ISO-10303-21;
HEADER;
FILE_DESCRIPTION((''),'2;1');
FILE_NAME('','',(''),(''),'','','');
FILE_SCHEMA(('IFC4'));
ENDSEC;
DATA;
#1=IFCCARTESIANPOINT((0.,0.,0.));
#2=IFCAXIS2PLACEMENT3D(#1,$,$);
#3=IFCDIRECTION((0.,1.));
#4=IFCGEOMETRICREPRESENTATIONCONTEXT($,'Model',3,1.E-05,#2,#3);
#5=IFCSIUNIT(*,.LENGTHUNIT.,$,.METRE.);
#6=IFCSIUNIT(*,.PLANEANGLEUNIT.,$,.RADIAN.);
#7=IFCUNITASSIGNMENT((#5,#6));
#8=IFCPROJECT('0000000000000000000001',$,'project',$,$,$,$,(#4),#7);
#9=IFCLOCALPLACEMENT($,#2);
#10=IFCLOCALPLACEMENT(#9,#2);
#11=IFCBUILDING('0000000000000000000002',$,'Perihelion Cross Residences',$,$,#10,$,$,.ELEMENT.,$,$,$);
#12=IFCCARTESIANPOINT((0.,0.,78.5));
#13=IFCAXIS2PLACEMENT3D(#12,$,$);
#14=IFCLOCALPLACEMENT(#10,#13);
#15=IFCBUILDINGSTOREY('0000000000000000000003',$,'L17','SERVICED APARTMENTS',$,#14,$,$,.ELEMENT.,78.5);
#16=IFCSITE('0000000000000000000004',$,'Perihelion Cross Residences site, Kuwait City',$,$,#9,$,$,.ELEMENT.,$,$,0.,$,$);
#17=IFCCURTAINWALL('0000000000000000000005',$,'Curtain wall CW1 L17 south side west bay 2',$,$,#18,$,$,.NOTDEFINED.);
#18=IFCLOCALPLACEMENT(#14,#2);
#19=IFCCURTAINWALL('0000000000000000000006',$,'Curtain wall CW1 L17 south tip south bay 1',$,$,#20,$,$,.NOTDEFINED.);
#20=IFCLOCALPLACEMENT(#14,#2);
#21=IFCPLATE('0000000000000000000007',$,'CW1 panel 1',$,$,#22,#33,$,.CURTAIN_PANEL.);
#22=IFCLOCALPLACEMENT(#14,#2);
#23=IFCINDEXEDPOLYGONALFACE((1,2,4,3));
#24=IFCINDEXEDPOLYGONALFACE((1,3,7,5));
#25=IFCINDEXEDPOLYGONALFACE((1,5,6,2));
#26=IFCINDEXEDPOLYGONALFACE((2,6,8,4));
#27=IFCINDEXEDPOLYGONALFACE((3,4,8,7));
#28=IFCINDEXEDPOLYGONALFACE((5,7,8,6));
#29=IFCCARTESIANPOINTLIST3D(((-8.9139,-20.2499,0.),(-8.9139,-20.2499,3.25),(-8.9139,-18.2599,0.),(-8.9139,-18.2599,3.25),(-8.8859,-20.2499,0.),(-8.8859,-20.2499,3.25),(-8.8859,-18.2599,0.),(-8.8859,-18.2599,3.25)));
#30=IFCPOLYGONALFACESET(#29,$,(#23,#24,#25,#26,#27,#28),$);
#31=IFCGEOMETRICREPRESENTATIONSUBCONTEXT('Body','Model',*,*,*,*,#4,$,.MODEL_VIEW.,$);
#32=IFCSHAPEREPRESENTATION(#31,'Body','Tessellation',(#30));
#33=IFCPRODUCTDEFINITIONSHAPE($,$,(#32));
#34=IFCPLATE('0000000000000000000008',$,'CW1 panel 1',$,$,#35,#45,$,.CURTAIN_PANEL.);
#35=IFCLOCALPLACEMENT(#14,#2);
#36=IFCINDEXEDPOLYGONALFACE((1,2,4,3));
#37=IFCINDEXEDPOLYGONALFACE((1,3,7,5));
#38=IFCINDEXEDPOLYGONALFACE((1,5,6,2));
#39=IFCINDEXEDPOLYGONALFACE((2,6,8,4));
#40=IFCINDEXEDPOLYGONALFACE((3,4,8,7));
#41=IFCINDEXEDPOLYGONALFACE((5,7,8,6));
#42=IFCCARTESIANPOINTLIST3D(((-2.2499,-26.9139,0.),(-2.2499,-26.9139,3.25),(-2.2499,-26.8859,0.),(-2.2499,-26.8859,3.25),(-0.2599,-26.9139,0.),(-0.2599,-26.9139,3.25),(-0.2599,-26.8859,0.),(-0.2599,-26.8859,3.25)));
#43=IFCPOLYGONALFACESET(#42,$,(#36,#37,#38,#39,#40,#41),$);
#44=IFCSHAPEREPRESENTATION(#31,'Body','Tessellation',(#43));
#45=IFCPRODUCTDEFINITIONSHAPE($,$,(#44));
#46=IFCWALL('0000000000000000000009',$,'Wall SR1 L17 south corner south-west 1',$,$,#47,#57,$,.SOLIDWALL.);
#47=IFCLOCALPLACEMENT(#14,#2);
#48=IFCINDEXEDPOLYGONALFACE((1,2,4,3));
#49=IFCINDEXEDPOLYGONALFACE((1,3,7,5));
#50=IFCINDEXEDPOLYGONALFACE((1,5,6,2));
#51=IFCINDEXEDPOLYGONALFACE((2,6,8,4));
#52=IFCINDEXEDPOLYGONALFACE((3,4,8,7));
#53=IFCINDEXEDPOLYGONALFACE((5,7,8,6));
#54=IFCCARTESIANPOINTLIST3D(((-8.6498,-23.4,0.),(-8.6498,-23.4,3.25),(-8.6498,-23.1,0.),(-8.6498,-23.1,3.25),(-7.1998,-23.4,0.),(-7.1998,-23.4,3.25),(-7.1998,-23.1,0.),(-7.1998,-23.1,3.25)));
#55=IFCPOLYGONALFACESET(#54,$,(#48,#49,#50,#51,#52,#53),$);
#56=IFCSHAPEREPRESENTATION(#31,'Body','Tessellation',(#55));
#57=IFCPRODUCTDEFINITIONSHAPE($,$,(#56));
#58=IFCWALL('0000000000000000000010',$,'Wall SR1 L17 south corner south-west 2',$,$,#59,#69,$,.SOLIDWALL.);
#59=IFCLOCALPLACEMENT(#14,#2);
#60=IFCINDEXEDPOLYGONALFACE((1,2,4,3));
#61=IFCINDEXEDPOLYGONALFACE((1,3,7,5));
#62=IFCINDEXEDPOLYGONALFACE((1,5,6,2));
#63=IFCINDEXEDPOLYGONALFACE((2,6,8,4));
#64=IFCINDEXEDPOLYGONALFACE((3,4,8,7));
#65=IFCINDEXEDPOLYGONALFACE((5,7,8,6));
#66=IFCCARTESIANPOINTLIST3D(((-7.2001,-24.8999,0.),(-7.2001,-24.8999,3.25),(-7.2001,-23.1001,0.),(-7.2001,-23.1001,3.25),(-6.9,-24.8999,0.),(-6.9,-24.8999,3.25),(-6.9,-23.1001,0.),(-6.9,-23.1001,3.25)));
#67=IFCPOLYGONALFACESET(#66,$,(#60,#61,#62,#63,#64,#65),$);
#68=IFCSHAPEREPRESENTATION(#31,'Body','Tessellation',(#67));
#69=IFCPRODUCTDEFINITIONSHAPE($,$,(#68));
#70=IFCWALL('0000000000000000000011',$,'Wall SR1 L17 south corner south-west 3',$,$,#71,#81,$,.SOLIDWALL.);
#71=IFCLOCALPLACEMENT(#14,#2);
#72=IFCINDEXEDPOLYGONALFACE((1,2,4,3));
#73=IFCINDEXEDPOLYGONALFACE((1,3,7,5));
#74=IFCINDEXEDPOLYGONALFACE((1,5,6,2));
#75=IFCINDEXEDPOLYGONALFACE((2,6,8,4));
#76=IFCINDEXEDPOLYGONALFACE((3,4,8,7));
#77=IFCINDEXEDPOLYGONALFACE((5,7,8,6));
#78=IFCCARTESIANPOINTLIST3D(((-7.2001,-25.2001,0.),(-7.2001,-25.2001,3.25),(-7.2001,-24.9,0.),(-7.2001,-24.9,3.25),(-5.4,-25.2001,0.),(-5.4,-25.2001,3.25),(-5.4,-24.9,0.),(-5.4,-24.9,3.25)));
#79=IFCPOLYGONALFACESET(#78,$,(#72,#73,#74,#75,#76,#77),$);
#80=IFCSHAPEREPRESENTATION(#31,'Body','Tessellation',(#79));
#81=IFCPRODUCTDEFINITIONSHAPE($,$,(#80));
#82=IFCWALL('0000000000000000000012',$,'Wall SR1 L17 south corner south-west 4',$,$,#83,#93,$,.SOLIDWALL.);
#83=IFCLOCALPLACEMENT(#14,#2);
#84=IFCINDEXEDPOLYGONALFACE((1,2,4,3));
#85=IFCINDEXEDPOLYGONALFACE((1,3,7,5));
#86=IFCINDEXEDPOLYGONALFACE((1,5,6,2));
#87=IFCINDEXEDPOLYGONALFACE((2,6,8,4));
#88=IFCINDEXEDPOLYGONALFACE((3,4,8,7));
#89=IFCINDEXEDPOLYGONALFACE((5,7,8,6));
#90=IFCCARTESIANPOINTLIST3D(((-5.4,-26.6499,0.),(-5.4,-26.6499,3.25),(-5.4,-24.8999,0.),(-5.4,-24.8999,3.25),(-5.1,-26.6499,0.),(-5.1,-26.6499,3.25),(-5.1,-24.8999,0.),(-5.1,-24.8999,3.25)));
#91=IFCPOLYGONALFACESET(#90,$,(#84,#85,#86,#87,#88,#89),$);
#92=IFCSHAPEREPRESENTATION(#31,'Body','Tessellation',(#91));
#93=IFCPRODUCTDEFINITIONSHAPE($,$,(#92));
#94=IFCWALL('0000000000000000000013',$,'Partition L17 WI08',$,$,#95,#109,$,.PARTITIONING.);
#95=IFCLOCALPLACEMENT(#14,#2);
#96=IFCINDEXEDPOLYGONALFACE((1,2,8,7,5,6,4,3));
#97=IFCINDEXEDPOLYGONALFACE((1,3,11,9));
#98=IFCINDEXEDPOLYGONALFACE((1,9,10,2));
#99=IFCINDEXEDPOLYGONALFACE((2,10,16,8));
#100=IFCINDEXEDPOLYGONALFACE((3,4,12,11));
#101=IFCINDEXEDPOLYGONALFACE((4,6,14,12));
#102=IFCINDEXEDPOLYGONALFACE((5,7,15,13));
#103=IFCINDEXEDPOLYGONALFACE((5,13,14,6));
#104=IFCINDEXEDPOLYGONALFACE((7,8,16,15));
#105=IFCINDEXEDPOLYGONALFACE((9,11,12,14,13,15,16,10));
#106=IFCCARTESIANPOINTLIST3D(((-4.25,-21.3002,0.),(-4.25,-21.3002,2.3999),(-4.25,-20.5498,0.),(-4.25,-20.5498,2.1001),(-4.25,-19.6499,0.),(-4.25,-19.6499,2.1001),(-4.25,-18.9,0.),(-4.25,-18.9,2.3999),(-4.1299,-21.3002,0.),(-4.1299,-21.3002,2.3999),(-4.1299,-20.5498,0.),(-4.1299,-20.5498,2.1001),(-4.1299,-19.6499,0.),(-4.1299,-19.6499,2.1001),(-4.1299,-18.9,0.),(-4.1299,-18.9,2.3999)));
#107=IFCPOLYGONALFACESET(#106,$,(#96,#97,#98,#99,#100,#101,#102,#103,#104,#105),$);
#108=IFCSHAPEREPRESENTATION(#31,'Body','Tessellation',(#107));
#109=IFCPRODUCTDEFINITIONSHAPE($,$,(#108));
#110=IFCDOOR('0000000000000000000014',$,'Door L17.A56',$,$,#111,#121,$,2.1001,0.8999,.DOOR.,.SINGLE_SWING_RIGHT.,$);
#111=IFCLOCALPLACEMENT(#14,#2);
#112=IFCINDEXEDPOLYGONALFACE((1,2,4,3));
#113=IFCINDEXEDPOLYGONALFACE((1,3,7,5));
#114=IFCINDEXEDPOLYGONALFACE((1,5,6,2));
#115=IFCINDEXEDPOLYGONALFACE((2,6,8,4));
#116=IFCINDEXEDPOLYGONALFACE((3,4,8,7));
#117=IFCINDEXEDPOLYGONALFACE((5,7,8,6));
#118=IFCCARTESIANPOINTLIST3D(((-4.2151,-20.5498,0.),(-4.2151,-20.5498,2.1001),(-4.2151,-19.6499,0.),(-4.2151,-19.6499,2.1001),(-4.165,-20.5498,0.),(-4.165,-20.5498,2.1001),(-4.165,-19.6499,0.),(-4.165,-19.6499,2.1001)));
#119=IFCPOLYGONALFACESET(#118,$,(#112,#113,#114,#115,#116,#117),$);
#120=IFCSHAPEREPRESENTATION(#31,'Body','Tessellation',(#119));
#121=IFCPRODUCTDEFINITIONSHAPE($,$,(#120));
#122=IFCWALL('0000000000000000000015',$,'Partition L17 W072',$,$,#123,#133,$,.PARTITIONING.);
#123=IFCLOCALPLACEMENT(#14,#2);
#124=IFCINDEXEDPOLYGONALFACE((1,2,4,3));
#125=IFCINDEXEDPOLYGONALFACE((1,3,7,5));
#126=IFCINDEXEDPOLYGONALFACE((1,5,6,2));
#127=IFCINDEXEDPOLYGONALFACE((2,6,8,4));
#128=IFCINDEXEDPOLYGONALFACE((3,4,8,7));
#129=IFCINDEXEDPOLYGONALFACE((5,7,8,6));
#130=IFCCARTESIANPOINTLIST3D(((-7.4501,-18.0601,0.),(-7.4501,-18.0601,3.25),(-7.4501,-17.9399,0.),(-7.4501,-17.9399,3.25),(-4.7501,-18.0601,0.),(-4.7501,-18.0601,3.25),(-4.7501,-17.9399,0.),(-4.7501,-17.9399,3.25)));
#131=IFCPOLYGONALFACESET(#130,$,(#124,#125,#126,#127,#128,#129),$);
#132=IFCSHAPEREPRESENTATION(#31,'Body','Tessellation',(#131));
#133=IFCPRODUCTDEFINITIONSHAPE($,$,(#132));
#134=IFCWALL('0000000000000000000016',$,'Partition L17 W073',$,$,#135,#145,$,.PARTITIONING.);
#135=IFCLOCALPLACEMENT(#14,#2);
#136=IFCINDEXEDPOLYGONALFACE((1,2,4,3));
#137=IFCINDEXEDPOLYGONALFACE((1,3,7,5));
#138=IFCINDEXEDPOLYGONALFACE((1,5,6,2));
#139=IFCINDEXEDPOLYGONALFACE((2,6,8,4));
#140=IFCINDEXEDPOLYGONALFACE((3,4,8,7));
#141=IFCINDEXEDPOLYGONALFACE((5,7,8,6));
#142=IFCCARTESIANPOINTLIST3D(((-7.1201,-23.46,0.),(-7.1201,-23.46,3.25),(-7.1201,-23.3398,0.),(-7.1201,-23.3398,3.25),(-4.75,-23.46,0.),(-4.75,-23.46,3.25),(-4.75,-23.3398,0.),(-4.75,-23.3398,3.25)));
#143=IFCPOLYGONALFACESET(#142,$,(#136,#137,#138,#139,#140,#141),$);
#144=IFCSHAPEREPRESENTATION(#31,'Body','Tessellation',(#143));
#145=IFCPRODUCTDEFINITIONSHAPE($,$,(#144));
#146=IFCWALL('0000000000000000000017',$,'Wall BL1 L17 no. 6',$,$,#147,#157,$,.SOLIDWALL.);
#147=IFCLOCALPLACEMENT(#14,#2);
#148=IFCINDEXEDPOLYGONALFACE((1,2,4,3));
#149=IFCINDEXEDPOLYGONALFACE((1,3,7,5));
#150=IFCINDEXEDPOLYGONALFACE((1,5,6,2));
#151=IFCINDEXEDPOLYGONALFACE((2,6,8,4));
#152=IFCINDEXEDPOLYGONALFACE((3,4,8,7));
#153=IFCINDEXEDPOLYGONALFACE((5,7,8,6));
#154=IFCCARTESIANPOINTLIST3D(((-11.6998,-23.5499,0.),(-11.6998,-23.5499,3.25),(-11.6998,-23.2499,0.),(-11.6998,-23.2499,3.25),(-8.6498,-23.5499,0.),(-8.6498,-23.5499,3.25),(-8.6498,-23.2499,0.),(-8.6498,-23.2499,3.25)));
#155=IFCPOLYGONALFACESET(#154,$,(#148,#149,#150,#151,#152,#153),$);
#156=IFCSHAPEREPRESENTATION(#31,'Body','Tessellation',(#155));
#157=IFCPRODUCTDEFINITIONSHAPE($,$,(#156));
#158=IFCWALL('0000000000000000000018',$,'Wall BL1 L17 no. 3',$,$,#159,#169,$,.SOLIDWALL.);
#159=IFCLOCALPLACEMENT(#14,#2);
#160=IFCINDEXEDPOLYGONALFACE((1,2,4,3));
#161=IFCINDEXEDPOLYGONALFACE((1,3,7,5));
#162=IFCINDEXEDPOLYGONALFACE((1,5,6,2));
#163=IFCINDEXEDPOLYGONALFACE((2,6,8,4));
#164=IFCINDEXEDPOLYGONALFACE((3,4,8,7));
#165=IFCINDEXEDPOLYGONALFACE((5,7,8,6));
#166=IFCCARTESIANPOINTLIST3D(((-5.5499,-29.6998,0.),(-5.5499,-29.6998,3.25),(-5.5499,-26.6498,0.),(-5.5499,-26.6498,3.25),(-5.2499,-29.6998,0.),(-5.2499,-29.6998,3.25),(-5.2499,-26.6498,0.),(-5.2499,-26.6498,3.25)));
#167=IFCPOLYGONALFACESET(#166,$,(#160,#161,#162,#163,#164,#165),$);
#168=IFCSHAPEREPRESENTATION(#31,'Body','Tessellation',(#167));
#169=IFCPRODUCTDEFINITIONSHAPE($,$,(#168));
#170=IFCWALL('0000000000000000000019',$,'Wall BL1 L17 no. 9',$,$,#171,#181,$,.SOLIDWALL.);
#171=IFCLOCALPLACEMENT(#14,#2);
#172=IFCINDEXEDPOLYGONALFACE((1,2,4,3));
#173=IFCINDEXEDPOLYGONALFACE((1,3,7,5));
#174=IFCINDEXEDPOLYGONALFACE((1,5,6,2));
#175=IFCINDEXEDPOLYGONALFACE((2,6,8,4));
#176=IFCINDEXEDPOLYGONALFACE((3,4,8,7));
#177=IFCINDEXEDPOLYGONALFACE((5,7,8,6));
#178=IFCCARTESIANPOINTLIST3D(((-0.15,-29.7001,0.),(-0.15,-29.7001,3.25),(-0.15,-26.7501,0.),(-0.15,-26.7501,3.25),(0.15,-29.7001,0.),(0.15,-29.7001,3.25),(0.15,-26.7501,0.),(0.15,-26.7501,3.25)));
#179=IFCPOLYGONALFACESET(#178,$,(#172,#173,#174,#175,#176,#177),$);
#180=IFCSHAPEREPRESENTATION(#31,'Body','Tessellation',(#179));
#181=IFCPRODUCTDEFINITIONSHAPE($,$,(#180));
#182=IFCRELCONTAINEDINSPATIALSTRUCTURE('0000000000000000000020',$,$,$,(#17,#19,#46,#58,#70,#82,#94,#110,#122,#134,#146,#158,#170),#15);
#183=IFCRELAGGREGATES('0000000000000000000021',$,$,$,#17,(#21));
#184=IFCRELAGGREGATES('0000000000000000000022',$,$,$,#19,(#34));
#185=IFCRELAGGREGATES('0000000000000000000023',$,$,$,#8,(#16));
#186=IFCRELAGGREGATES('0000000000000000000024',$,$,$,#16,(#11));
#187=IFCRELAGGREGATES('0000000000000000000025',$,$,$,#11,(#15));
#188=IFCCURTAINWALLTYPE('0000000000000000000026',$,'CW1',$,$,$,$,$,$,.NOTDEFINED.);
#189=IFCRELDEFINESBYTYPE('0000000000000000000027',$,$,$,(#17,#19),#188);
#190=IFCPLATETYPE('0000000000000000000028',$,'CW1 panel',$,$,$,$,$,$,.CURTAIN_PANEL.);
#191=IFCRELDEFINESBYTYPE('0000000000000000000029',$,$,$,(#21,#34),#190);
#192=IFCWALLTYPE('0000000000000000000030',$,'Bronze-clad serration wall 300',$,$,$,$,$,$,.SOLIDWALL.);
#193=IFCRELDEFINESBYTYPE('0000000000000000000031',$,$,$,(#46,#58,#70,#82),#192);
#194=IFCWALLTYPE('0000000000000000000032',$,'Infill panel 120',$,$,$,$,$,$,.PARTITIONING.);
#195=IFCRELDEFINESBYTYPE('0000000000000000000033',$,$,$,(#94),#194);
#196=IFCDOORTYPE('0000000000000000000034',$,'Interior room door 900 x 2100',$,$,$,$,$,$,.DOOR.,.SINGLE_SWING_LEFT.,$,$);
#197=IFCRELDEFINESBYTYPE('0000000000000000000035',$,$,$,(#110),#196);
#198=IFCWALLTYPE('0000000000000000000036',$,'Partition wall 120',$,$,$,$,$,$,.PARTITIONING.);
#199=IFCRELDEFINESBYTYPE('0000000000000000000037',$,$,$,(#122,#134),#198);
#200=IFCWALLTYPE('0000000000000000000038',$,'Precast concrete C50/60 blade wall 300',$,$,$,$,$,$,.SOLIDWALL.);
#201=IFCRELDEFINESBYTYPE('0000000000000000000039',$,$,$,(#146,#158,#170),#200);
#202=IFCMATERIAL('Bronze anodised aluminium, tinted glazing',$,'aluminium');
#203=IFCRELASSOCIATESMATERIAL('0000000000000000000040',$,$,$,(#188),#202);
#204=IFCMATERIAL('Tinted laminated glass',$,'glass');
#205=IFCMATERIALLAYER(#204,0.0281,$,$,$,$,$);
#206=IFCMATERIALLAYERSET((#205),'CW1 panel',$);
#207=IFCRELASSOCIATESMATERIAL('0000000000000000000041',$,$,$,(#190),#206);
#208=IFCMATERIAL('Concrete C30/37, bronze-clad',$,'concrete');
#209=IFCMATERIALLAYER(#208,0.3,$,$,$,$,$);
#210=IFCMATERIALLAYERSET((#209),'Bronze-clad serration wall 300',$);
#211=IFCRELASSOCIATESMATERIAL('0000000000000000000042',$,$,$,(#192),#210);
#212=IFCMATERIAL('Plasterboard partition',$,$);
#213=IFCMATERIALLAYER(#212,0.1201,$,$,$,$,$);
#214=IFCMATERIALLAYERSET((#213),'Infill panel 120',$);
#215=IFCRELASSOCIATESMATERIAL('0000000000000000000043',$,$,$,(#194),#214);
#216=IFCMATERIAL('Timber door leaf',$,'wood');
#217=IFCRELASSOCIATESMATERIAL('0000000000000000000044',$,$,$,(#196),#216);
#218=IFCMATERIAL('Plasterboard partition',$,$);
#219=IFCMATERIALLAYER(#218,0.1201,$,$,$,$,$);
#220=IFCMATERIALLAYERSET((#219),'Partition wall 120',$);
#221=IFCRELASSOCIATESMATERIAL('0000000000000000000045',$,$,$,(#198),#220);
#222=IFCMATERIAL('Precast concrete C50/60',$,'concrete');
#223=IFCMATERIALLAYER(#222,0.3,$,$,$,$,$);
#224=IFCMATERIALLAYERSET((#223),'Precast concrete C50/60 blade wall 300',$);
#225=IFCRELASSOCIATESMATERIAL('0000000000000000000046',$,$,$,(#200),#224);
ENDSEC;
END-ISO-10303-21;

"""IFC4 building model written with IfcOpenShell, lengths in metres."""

from ifc_helpers import new_model, si_unit, direction, frame, frame_2d, origin, origin_2d, place, context, subcontext, project, spatial, rectangle, extrude, material, layer, layer_set, type_object, element, fill, aggregate, save


model = new_model("IFC4")

# Units and contexts
model_context = context("Model", 3, precision=1e-05, world=origin(), true_north=direction((0.0, 1.0)))
body_context = subcontext(model_context, "Body", "Model", "MODEL_VIEW")
ifc_project = project(units=[si_unit("LENGTHUNIT", "METRE"), si_unit("PLANEANGLEUNIT", "RADIAN")], contexts=[model_context])

# Site, building, storey
site_placement = place(None, origin())
site = spatial("IfcSite", under=ifc_project, at=site_placement, Name="Perihelion Cross Residences site, Kuwait City", CompositionType="ELEMENT", RefElevation=0.0)
building_placement = place(site_placement, origin())
building = spatial("IfcBuilding", under=site, at=building_placement, Name="Perihelion Cross Residences", CompositionType="ELEMENT")
storey_placement = place(building_placement, frame((0.0, 0.0, 78.5)))
storey = spatial("IfcBuildingStorey", under=building, at=storey_placement, Name="L17", Description="SERVICED APARTMENTS", CompositionType="ELEMENT", Elevation=78.5)

# Curtain walls
ifc_material_1 = material(Name="Bronze anodised aluminium, tinted glazing", Category="aluminium")
curtain_wall_type = type_object("IfcCurtainWallType", Name="CW1", PredefinedType="NOTDEFINED", material=ifc_material_1)
curtain_wall_1_placement = place(storey_placement, origin())
curtain_wall_1 = element("IfcCurtainWall", 1, at=curtain_wall_1_placement, inside=storey, type_object=curtain_wall_type, Name="Curtain wall CW1 L17 south side west bay 2", PredefinedType="NOTDEFINED")
curtain_wall_2_placement = place(storey_placement, origin())
curtain_wall_2 = element("IfcCurtainWall", 2, at=curtain_wall_2_placement, inside=storey, type_object=curtain_wall_type, Name="Curtain wall CW1 L17 south tip south bay 1", PredefinedType="NOTDEFINED")

# Plates
ifc_material_2 = material(Name="Tinted laminated glass", Category="glass")
ifc_layer_1 = layer(ifc_material_2, 0.0281)
ifc_layer_set_1 = layer_set([ifc_layer_1], Name="CW1 panel")
plate_type = type_object("IfcPlateType", Name="CW1 panel", PredefinedType="CURTAIN_PANEL", material=ifc_layer_set_1)
plate_1_placement = place(storey_placement, frame((-8.8999, -19.2549, 0.0), z_axis=(0.0, 0.0, 1.0), x_axis=(0.0, -1.0, 0.0)))
plate_1 = element("IfcPlate", 3, at=plate_1_placement, type_object=plate_type, Name="CW1 panel 1", PredefinedType="CURTAIN_PANEL", context=body_context, shape_type="SweptSolid", body=[
    extrude(rectangle(XDim=1.99, YDim=0.0281, at=origin_2d()), origin(), (0.0, 0.0, 1.0), 3.25),
])
aggregate(curtain_wall_1, [plate_1])
plate_2_placement = place(storey_placement, frame((-1.2549, -26.8999, 0.0), z_axis=(0.0, 0.0, 1.0), x_axis=(1.0, 0.0, 0.0)))
plate_2 = element("IfcPlate", 4, at=plate_2_placement, type_object=plate_type, Name="CW1 panel 1", PredefinedType="CURTAIN_PANEL", context=body_context, shape_type="SweptSolid", body=[
    extrude(rectangle(XDim=1.99, YDim=0.0281, at=origin_2d()), origin(), (0.0, 0.0, 1.0), 3.25),
])
aggregate(curtain_wall_2, [plate_2])

# Walls
ifc_material_3 = material(Name="Concrete C30/37, bronze-clad", Category="concrete")
ifc_layer_2 = layer(ifc_material_3, 0.3)
ifc_layer_set_2 = layer_set([ifc_layer_2], Name="Bronze-clad serration wall 300")
wall_type_1 = type_object("IfcWallType", Name="Bronze-clad serration wall 300", PredefinedType="SOLIDWALL", material=ifc_layer_set_2)
wall_1_placement = place(storey_placement, frame((-8.6499, -23.25, 0.0), z_axis=(0.0, 0.0, 1.0), x_axis=(1.0, 0.0, 0.0)))
element("IfcWall", 5, at=wall_1_placement, inside=storey, type_object=wall_type_1, Name="Wall SR1 L17 south corner south-west 1", PredefinedType="SOLIDWALL", context=body_context, shape_type="SweptSolid", body=[
    extrude(rectangle(XDim=1.45, YDim=0.3, at=frame_2d((0.7251, 0.0))), origin(), (0.0, 0.0, 1.0), 3.25),
])
wall_2_placement = place(storey_placement, frame((-7.05, -23.1001, 0.0), z_axis=(0.0, 0.0, 1.0), x_axis=(0.0, -1.0, 0.0)))
element("IfcWall", 6, at=wall_2_placement, inside=storey, type_object=wall_type_1, Name="Wall SR1 L17 south corner south-west 2", PredefinedType="SOLIDWALL", context=body_context, shape_type="SweptSolid", body=[
    extrude(rectangle(XDim=1.7998, YDim=0.3, at=frame_2d((0.8999, 0.0))), origin(), (0.0, 0.0, 1.0), 3.25),
])
wall_3_placement = place(storey_placement, frame((-7.2, -25.05, 0.0), z_axis=(0.0, 0.0, 1.0), x_axis=(1.0, 0.0, 0.0)))
element("IfcWall", 7, at=wall_3_placement, inside=storey, type_object=wall_type_1, Name="Wall SR1 L17 south corner south-west 3", PredefinedType="SOLIDWALL", context=body_context, shape_type="SweptSolid", body=[
    extrude(rectangle(XDim=1.8, YDim=0.3, at=frame_2d((0.8999, 0.0))), origin(), (0.0, 0.0, 1.0), 3.25),
])
wall_4_placement = place(storey_placement, frame((-5.25, -24.8999, 0.0), z_axis=(0.0, 0.0, 1.0), x_axis=(0.0, -1.0, 0.0)))
element("IfcWall", 8, at=wall_4_placement, inside=storey, type_object=wall_type_1, Name="Wall SR1 L17 south corner south-west 4", PredefinedType="SOLIDWALL", context=body_context, shape_type="SweptSolid", body=[
    extrude(rectangle(XDim=1.75, YDim=0.3, at=frame_2d((0.875, 0.0))), origin(), (0.0, 0.0, 1.0), 3.25),
])

# Wall, opening, door
ifc_material_4 = material(Name="Plasterboard partition")
ifc_layer_3 = layer(ifc_material_4, 0.1201)
ifc_layer_set_3 = layer_set([ifc_layer_3], Name="Infill panel 120")
wall_type_2 = type_object("IfcWallType", Name="Infill panel 120", PredefinedType="PARTITIONING", material=ifc_layer_set_3)
wall_5_placement = place(storey_placement, frame((-4.1899, -18.8999, 0.0), z_axis=(0.0, 0.0, 1.0), x_axis=(0.0, -1.0, 0.0)))
wall_5 = element("IfcWall", 9, at=wall_5_placement, inside=storey, type_object=wall_type_2, Name="Partition L17 WI08", PredefinedType="PARTITIONING", context=body_context, shape_type="SweptSolid", body=[
    extrude(rectangle(XDim=2.4001, YDim=0.1201, at=frame_2d((1.2002, 0.0))), origin(), (0.0, 0.0, 1.0), 2.3999),
])
opening_1_placement = place(wall_5_placement, frame((0.75, 0.0, 0.0)))
opening_1 = element("IfcOpeningElement", 10, at=opening_1_placement, cuts=wall_5, PredefinedType="OPENING", context=body_context, shape_type="SweptSolid", body=[
    extrude(rectangle(XDim=0.8999, YDim=2.1001, at=frame_2d((0.45, 1.05))), frame((0.0, 0.0701, 0.0), z_axis=(0.0, -1.0, 0.0), x_axis=(1.0, 0.0, 0.0)), (0.0, 0.0, 1.0), 0.1401),
])
ifc_material_5 = material(Name="Timber door leaf", Category="wood")
door_type_1 = type_object("IfcDoorType", Name="Interior room door 900 x 2100", OperationType="SINGLE_SWING_LEFT", PredefinedType="DOOR", material=ifc_material_5)
door_1_placement = place(opening_1_placement, origin())
door_1 = element("IfcDoor", 11, at=door_1_placement, inside=storey, type_object=door_type_1, Name="Door L17.A56", OperationType="SINGLE_SWING_RIGHT", OverallHeight=2.1001, OverallWidth=0.8999, PredefinedType="DOOR", context=body_context, shape_type="SweptSolid", body=[
    extrude(rectangle(XDim=0.8999, YDim=2.1001, at=frame_2d((0.45, 1.05))), frame((0.0, 0.0249, 0.0), z_axis=(0.0, -1.0, 0.0), x_axis=(1.0, 0.0, 0.0)), (0.0, 0.0, 1.0), 0.05),
])
fill(opening_1, door_1)

# Walls
ifc_material_6 = material(Name="Plasterboard partition")
ifc_layer_4 = layer(ifc_material_6, 0.1201)
ifc_layer_set_4 = layer_set([ifc_layer_4], Name="Partition wall 120")
wall_type_3 = type_object("IfcWallType", Name="Partition wall 120", PredefinedType="PARTITIONING", material=ifc_layer_set_4)
wall_6_placement = place(storey_placement, frame((-4.75, -18.0, 0.0), z_axis=(0.0, 0.0, 1.0), x_axis=(-1.0, 0.0, 0.0)))
element("IfcWall", 12, at=wall_6_placement, inside=storey, type_object=wall_type_3, Name="Partition L17 W072", PredefinedType="PARTITIONING", context=body_context, shape_type="SweptSolid", body=[
    extrude(rectangle(XDim=2.7, YDim=0.1201, at=frame_2d((1.3501, 0.0))), origin(), (0.0, 0.0, 1.0), 3.25),
])
wall_7_placement = place(storey_placement, frame((-4.75, -23.3999, 0.0), z_axis=(0.0, 0.0, 1.0), x_axis=(-1.0, 0.0, 0.0)))
element("IfcWall", 13, at=wall_7_placement, inside=storey, type_object=wall_type_3, Name="Partition L17 W073", PredefinedType="PARTITIONING", context=body_context, shape_type="SweptSolid", body=[
    extrude(rectangle(XDim=2.3701, YDim=0.1201, at=frame_2d((1.1851, 0.0))), origin(), (0.0, 0.0, 1.0), 3.25),
])
ifc_material_7 = material(Name="Precast concrete C50/60", Category="concrete")
ifc_layer_5 = layer(ifc_material_7, 0.3)
ifc_layer_set_5 = layer_set([ifc_layer_5], Name="Precast concrete C50/60 blade wall 300")
wall_type_4 = type_object("IfcWallType", Name="Precast concrete C50/60 blade wall 300", PredefinedType="SOLIDWALL", material=ifc_layer_set_5)
for number, where, z_axis, x_axis, name in (
    (14, (-8.6499, -23.3999, 0.0), (0.0, 0.0, 1.0), (-1.0, 0.0, 0.0), "Wall BL1 L17 no. 6"),
    (15, (-5.3999, -26.6499, 0.0), (0.0, 0.0, 1.0), (0.0, -1.0, 0.0), "Wall BL1 L17 no. 3"),
):
    element("IfcWall", number, at=place(storey_placement, frame(where, z_axis=z_axis, x_axis=x_axis)), inside=storey, type_object=wall_type_4, Name=name, PredefinedType="SOLIDWALL", context=body_context, shape_type="SweptSolid", body=[
        extrude(rectangle(XDim=3.05, YDim=0.3, at=frame_2d((1.5249, 0.0))), origin(), (0.0, 0.0, 1.0), 3.25),
    ])
wall_8_placement = place(storey_placement, frame((0.0, -26.75, 0.0), z_axis=(0.0, 0.0, 1.0), x_axis=(0.0, -1.0, 0.0)))
element("IfcWall", 16, at=wall_8_placement, inside=storey, type_object=wall_type_4, Name="Wall BL1 L17 no. 9", PredefinedType="SOLIDWALL", context=body_context, shape_type="SweptSolid", body=[
    extrude(rectangle(XDim=2.95, YDim=0.3, at=frame_2d((1.4751, 0.0))), origin(), (0.0, 0.0, 1.0), 3.25),
])

save(model, "model.ifc")
